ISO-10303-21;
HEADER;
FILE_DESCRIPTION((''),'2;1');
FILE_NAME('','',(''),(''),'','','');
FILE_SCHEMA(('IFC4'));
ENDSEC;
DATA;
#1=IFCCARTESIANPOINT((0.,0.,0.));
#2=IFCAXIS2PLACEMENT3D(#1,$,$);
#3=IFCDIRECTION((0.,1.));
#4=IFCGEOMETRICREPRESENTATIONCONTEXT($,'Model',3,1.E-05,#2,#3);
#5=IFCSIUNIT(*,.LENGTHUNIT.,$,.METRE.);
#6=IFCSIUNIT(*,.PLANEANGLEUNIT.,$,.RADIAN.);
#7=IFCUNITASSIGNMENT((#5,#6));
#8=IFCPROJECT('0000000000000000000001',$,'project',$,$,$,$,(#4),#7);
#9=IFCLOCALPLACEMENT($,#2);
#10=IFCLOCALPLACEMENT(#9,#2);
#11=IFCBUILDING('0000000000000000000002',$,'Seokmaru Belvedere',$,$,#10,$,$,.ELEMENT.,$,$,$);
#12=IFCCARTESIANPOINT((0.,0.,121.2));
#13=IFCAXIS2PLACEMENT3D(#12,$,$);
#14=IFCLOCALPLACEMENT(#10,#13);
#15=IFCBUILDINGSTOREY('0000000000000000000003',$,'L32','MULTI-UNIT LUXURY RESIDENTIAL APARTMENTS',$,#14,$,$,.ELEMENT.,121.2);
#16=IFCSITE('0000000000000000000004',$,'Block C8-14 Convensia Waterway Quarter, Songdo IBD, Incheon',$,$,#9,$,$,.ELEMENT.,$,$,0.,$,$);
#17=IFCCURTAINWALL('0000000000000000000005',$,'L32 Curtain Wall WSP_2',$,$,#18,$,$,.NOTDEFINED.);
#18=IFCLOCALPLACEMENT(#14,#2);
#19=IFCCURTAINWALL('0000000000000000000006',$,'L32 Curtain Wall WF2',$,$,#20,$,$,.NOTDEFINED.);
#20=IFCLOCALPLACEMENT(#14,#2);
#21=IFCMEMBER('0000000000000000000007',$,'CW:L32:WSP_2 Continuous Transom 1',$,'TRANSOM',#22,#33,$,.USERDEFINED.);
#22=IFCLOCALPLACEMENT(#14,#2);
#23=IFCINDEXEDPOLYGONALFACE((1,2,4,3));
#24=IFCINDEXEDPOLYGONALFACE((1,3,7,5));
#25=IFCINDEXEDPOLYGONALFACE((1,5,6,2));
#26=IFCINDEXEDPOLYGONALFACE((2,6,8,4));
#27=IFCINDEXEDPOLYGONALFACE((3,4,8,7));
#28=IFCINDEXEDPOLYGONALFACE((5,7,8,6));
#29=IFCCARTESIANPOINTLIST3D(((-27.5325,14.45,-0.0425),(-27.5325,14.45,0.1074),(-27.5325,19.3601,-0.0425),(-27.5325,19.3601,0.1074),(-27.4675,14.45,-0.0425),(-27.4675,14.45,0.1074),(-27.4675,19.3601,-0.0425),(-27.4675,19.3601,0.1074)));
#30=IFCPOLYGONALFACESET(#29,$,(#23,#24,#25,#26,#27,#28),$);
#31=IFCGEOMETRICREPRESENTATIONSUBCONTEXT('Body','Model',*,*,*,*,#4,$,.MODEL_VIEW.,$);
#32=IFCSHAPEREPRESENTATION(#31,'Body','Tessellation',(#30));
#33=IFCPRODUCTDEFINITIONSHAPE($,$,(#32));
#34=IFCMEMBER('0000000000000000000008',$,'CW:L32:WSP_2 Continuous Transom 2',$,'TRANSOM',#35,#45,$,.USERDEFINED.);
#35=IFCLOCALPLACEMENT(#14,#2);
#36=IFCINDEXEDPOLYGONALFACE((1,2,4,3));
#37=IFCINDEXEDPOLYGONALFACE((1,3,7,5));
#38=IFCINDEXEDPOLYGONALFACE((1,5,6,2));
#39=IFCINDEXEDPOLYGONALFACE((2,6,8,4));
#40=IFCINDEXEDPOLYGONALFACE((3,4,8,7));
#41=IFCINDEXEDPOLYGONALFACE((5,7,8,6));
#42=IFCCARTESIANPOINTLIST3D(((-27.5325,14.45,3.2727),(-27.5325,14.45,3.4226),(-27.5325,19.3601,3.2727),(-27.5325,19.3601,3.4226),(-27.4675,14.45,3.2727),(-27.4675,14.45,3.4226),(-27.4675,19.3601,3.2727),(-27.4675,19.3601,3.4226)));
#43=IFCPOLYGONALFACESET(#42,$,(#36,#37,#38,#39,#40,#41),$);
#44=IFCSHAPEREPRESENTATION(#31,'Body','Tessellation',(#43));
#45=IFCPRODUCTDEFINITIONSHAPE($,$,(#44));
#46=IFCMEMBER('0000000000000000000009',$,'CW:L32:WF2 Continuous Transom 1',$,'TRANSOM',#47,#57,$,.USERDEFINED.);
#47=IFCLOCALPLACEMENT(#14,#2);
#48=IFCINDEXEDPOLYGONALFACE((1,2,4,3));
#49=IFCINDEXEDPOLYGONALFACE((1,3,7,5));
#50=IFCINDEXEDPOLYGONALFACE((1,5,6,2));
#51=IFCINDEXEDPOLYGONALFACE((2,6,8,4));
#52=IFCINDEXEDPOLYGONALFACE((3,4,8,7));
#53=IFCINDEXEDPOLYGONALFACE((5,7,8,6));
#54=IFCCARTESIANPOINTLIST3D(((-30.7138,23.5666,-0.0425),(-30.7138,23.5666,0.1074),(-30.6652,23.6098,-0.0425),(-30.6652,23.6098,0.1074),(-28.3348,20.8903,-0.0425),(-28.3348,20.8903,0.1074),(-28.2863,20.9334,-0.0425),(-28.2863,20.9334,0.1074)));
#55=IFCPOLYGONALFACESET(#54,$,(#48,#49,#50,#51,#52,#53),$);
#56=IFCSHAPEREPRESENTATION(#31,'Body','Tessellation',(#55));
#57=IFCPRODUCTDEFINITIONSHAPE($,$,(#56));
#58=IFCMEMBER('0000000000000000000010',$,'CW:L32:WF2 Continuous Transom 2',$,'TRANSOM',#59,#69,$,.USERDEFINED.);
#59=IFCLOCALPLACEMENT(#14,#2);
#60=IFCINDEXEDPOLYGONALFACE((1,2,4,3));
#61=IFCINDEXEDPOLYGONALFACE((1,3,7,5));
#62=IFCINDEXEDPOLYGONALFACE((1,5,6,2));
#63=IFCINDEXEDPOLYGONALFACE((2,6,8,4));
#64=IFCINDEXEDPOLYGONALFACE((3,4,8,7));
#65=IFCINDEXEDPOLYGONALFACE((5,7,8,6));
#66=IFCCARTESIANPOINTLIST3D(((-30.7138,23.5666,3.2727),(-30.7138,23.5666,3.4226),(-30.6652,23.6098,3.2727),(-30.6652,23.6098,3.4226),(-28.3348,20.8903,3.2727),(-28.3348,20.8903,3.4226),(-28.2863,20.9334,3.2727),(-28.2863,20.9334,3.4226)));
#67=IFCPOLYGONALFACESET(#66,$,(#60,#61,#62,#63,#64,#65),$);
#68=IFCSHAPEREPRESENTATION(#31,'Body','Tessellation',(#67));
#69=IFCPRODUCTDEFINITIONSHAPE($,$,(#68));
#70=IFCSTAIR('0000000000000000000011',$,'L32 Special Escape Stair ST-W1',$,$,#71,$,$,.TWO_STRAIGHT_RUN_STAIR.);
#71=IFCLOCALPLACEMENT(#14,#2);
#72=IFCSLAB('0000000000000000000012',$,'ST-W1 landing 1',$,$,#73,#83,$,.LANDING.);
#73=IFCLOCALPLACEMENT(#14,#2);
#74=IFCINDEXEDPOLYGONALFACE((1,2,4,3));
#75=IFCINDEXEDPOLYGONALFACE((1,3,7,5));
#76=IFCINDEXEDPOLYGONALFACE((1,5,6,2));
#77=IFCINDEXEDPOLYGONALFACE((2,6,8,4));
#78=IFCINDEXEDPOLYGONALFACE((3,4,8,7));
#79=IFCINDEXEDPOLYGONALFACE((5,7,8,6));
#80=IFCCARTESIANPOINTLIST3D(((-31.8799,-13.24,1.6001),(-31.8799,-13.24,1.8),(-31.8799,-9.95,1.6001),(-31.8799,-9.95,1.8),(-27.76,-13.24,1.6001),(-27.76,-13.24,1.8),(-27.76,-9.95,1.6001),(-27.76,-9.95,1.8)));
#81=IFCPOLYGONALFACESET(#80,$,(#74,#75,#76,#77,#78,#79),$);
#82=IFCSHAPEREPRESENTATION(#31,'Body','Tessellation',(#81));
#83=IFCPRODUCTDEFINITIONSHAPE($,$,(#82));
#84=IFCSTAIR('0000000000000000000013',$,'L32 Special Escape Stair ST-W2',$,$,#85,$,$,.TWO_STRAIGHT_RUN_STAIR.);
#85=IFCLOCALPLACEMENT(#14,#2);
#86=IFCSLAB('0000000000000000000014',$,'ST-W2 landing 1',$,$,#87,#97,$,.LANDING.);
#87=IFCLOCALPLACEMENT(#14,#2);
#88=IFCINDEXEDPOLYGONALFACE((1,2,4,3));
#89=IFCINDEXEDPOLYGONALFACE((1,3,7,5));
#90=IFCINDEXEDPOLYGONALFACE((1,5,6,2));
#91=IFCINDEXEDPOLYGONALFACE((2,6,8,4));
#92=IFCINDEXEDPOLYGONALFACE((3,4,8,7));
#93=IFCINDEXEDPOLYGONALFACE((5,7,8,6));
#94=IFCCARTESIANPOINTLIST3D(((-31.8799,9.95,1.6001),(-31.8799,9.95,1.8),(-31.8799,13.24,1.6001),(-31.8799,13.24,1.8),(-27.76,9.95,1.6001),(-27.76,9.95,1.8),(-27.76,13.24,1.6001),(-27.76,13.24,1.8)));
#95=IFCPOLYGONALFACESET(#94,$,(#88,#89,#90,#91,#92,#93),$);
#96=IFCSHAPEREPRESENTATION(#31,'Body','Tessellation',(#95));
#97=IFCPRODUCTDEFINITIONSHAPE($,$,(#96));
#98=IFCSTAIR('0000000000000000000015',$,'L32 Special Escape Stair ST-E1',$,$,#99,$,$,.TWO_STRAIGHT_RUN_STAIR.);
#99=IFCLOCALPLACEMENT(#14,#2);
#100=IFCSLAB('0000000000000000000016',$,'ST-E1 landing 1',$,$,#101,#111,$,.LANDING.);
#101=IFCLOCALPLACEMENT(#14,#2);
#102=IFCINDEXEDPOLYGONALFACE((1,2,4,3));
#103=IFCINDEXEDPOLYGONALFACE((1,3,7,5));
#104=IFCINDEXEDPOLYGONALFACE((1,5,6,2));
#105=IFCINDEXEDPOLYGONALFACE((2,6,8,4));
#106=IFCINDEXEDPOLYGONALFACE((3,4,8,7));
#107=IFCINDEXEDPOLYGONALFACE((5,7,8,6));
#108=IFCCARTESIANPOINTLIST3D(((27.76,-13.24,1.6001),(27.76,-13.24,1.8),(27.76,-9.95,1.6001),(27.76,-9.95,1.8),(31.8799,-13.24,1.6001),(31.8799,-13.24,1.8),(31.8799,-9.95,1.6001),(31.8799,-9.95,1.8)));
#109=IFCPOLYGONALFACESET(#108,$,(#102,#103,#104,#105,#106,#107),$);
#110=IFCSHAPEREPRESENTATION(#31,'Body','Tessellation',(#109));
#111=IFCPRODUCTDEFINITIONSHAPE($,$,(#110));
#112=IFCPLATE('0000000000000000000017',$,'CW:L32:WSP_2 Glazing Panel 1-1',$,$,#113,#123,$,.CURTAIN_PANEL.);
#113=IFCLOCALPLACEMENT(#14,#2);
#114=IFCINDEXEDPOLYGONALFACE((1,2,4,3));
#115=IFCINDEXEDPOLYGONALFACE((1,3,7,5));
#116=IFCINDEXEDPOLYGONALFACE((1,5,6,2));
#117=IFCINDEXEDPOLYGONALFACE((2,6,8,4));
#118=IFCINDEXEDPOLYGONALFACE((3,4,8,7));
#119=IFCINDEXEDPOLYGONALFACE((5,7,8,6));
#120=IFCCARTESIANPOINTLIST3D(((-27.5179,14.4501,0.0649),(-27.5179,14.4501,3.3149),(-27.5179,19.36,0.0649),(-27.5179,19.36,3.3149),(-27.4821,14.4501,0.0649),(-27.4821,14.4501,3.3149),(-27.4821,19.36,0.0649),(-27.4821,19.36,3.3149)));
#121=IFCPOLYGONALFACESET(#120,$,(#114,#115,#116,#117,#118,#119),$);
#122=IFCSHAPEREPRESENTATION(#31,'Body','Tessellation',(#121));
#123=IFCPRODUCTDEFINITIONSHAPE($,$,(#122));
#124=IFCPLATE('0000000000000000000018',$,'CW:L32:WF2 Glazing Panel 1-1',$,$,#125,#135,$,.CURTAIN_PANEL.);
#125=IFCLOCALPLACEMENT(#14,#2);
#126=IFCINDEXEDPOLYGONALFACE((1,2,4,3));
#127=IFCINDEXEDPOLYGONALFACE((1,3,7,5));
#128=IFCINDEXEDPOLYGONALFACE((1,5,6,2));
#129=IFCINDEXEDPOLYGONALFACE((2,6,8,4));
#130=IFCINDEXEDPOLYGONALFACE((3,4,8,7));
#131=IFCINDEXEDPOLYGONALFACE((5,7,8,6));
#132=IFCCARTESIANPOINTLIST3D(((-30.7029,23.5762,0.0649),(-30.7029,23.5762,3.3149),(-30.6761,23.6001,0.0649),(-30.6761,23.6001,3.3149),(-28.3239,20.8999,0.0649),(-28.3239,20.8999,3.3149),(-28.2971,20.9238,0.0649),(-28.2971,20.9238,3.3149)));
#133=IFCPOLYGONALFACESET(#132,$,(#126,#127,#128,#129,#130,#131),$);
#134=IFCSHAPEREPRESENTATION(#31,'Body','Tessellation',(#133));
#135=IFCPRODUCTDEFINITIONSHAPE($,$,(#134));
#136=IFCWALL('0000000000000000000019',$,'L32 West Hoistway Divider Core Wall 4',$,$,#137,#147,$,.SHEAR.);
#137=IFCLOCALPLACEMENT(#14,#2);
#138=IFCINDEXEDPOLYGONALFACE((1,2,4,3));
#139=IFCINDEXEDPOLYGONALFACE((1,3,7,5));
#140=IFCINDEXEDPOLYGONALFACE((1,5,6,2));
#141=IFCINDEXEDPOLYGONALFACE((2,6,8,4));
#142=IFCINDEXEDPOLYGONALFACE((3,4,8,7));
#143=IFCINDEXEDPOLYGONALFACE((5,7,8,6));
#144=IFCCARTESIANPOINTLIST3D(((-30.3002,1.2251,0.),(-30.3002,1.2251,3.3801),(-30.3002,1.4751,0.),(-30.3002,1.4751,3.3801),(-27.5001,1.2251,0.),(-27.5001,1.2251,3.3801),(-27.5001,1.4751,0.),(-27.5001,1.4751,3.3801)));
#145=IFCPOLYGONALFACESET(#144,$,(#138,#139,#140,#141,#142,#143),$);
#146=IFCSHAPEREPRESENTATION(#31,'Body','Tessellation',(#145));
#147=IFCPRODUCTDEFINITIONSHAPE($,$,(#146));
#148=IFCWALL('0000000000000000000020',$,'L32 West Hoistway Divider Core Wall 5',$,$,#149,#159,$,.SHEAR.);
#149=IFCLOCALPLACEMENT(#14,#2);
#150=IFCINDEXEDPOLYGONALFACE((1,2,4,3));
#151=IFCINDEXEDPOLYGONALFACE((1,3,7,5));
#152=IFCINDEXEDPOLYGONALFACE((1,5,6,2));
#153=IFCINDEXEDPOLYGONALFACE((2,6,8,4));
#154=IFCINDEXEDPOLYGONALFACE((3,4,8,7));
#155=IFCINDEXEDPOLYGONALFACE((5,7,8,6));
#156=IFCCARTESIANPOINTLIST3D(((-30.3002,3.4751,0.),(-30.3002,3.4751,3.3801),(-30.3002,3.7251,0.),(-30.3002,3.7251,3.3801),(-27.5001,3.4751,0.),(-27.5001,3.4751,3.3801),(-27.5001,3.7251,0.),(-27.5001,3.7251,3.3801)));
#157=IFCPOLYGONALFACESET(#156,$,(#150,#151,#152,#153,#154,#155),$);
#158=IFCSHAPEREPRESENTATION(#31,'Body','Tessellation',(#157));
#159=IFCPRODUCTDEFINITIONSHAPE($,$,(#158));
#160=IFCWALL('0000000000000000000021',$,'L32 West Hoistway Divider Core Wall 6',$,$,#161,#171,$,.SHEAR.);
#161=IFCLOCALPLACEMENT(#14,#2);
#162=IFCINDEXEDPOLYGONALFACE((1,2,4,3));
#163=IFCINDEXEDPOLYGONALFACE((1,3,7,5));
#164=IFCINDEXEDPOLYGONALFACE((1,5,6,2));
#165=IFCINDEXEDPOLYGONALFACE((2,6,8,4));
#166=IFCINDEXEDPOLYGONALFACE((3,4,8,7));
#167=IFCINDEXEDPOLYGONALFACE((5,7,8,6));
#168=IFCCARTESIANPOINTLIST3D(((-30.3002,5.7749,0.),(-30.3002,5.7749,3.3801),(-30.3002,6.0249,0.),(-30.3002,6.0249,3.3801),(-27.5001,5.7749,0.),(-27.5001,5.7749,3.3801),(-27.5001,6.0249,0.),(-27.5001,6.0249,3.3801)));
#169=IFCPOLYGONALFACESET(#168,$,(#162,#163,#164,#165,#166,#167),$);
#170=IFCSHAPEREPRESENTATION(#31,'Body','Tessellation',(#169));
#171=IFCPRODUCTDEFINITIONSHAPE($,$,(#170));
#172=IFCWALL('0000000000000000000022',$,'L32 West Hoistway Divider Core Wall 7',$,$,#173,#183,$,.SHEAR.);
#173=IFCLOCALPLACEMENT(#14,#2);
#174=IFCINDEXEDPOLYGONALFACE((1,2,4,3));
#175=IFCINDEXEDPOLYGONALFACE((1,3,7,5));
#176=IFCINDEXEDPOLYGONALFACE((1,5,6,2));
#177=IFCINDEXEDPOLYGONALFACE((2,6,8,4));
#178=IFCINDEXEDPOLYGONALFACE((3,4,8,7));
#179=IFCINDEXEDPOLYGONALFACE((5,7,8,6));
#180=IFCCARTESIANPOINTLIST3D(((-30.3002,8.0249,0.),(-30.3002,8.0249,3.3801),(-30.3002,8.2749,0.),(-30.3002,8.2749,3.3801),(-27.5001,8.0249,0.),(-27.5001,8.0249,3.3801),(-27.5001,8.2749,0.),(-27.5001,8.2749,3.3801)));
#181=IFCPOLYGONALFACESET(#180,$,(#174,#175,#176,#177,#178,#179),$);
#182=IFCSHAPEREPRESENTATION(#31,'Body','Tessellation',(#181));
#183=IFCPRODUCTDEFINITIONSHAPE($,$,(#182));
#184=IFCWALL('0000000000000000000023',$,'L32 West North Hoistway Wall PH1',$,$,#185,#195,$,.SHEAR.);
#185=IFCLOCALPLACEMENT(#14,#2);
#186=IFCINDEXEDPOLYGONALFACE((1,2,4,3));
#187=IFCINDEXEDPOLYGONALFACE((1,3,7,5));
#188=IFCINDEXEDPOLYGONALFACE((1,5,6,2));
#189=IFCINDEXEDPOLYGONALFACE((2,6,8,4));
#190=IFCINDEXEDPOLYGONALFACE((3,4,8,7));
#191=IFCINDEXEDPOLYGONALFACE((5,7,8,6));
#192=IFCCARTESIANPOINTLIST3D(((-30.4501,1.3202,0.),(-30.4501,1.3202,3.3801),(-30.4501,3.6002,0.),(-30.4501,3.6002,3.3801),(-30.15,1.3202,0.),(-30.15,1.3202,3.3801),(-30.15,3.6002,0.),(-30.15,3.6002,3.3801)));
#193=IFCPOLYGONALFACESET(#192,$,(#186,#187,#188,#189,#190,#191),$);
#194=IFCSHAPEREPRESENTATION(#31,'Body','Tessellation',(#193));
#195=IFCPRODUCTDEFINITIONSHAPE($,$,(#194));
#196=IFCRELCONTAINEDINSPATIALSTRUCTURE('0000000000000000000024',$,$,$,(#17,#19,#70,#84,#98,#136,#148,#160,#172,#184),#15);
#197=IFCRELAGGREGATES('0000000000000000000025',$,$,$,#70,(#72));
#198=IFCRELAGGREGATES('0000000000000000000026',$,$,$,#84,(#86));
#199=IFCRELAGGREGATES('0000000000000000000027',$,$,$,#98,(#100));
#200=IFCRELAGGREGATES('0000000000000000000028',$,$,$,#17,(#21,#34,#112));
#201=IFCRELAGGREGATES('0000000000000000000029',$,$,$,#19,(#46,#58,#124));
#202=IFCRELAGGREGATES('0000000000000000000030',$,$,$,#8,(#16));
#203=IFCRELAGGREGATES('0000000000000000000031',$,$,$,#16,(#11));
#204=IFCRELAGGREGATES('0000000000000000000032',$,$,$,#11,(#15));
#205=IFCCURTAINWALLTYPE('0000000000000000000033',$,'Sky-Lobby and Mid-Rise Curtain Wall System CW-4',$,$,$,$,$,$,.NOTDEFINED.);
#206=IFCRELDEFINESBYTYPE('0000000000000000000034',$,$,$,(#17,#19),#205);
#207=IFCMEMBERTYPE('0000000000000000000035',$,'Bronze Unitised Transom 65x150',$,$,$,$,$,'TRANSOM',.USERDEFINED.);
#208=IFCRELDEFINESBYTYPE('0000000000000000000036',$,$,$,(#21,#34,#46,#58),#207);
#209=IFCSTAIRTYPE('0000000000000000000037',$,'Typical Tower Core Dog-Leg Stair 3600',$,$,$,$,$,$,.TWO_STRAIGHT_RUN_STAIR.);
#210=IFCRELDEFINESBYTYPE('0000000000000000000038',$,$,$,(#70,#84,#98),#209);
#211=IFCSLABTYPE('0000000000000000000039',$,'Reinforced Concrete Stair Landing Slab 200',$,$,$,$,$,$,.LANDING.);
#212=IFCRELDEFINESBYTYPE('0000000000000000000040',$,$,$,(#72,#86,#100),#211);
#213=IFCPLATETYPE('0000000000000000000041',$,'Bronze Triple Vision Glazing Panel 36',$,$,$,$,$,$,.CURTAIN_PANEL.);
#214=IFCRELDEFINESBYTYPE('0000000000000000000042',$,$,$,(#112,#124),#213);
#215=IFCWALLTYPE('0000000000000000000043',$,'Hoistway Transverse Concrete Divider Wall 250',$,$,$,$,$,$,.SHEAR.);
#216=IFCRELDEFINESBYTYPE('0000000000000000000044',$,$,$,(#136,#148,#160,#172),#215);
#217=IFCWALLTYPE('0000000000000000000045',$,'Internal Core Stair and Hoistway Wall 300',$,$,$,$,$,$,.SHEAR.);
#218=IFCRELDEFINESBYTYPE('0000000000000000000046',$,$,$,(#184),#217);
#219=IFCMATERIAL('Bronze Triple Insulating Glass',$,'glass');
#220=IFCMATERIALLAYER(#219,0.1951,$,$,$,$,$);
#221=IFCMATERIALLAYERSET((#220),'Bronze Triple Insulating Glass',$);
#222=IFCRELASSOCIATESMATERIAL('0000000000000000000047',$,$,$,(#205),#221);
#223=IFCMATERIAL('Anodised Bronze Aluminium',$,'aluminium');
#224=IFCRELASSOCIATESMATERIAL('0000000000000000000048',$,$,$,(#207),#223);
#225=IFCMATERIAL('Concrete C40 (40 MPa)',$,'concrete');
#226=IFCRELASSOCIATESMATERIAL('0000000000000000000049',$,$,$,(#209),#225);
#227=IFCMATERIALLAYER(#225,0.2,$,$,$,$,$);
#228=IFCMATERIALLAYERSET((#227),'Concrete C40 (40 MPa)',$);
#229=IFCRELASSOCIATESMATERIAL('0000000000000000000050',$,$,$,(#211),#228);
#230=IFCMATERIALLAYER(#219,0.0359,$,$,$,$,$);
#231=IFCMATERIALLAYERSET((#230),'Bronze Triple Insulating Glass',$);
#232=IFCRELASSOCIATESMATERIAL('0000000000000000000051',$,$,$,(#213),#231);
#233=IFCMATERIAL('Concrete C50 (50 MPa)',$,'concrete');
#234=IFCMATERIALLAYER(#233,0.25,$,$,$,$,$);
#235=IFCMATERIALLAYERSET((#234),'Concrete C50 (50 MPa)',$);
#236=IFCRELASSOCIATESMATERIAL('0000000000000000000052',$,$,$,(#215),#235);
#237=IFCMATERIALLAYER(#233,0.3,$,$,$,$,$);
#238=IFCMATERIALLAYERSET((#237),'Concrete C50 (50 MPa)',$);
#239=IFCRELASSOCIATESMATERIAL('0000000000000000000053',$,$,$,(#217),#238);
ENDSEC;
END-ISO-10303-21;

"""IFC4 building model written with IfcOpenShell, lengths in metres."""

from ifc_helpers import new_model, si_unit, direction, frame, frame_2d, origin, origin_2d, place, context, subcontext, project, spatial, polyline, rectangle, outline, extrude, source, transform, mapped, material, layer, layer_set, material_profile, profile_set, type_object, type_shapes, element, aggregate, save


model = new_model("IFC4")

# Units and contexts
model_context = context("Model", 3, precision=1e-05, world=origin(), true_north=direction((0.0, 1.0)))
body_context = subcontext(model_context, "Body", "Model", "MODEL_VIEW")
ifc_project = project(units=[si_unit("LENGTHUNIT", "METRE"), si_unit("PLANEANGLEUNIT", "RADIAN")], contexts=[model_context])

# Site, building, storey
site_placement = place(None, origin())
site = spatial("IfcSite", under=ifc_project, at=site_placement, Name="Block C8-14 Convensia Waterway Quarter, Songdo IBD, Incheon", CompositionType="ELEMENT", RefElevation=0.0)
building_placement = place(site_placement, origin())
building = spatial("IfcBuilding", under=site, at=building_placement, Name="Seokmaru Belvedere", CompositionType="ELEMENT")
storey_placement = place(building_placement, frame((0.0, 0.0, 121.2)))
storey = spatial("IfcBuildingStorey", under=building, at=storey_placement, Name="L32", Description="MULTI-UNIT LUXURY RESIDENTIAL APARTMENTS", CompositionType="ELEMENT", Elevation=121.2)

# Curtain walls
ifc_material_1 = material(Name="Bronze Triple Insulating Glass", Category="glass")
ifc_layer_1 = layer(ifc_material_1, 0.1951)
ifc_layer_set_1 = layer_set([ifc_layer_1], Name="Bronze Triple Insulating Glass")
curtain_wall_type = type_object("IfcCurtainWallType", Name="Sky-Lobby and Mid-Rise Curtain Wall System CW-4", PredefinedType="NOTDEFINED", material=ifc_layer_set_1)
curtain_wall_1_placement = place(storey_placement, origin())
curtain_wall_1 = element("IfcCurtainWall", 1, at=curtain_wall_1_placement, inside=storey, type_object=curtain_wall_type, Name="L32 Curtain Wall WSP_2", PredefinedType="NOTDEFINED")
ifc_material_2 = material(Name="Anodised Bronze Aluminium", Category="aluminium")
curtain_wall_2_placement = place(storey_placement, origin())
curtain_wall_2 = element("IfcCurtainWall", 2, at=curtain_wall_2_placement, inside=storey, type_object=curtain_wall_type, Name="L32 Curtain Wall WF2", PredefinedType="NOTDEFINED")

# Members
ifc_material_profile_1 = material_profile(ifc_material_2, rectangle(XDim=0.0649, YDim=0.1499, at=origin_2d()), Name="CW-T-65x150")
ifc_profile_set_1 = profile_set([ifc_material_profile_1], Name="Anodised Bronze Aluminium")
member_type_1 = type_object("IfcMemberType", Name="Bronze Unitised Transom 65x150", ElementType="TRANSOM", PredefinedType="USERDEFINED", material=ifc_profile_set_1)
shared_shape_1 = source(origin(), body_context, "Body", "SweptSolid", [
    extrude(rectangle(XDim=0.0649, YDim=0.1499, at=origin_2d()), origin(), (0.0, 0.0, 1.0), 4.9102),
])
member_1_placement = place(storey_placement, frame((-27.5, 14.45, 0.0325), z_axis=(0.0, 1.0, 0.0), x_axis=(-1.0, 0.0, 0.0)))
member_1 = element("IfcMember", 3, at=member_1_placement, type_object=member_type_1, Name="CW:L32:WSP_2 Continuous Transom 1", ObjectType="TRANSOM", PredefinedType="USERDEFINED", context=body_context, shape_type="MappedRepresentation", body=[
    mapped(shared_shape_1, transform((0.0, 0.0, 0.0), scale=1.0)),
])
member_2_placement = place(storey_placement, frame((-27.5, 14.45, 3.3477), z_axis=(0.0, 1.0, 0.0), x_axis=(-1.0, 0.0, 0.0)))
member_2 = element("IfcMember", 4, at=member_2_placement, type_object=member_type_1, Name="CW:L32:WSP_2 Continuous Transom 2", ObjectType="TRANSOM", PredefinedType="USERDEFINED", context=body_context, shape_type="MappedRepresentation", body=[
    mapped(shared_shape_1, transform((0.0, 0.0, 0.0), scale=1.0)),
])
shared_shape_2 = source(origin(), body_context, "Body", "SweptSolid", [
    extrude(rectangle(XDim=0.0649, YDim=0.1499, at=origin_2d()), origin(), (0.0, 0.0, 1.0), 3.5808),
])
type_shapes(member_type_1, [shared_shape_1, shared_shape_2])
member_3_placement = place(storey_placement, frame((-28.3105, 20.9119, 0.0325), z_axis=(-0.664364, 0.747409, 0.0), x_axis=(-0.747409, -0.664364, 0.0)))
member_3 = element("IfcMember", 5, at=member_3_placement, type_object=member_type_1, Name="CW:L32:WF2 Continuous Transom 1", ObjectType="TRANSOM", PredefinedType="USERDEFINED", context=body_context, shape_type="MappedRepresentation", body=[
    mapped(shared_shape_2, transform((0.0, 0.0, 0.0), scale=1.0)),
])
member_4_placement = place(storey_placement, frame((-28.3105, 20.9119, 3.3477), z_axis=(-0.664364, 0.747409, 0.0), x_axis=(-0.747409, -0.664364, 0.0)))
member_4 = element("IfcMember", 6, at=member_4_placement, type_object=member_type_1, Name="CW:L32:WF2 Continuous Transom 2", ObjectType="TRANSOM", PredefinedType="USERDEFINED", context=body_context, shape_type="MappedRepresentation", body=[
    mapped(shared_shape_2, transform((0.0, 0.0, 0.0), scale=1.0)),
])

# Stairs, slabs
ifc_material_3 = material(Name="Concrete C40 (40 MPa)", Category="concrete")
stair_type = type_object("IfcStairType", Name="Typical Tower Core Dog-Leg Stair 3600", PredefinedType="TWO_STRAIGHT_RUN_STAIR", material=ifc_material_3)
stair_1_placement = place(storey_placement, origin())
stair_1 = element("IfcStair", 7, at=stair_1_placement, inside=storey, type_object=stair_type, Name="L32 Special Escape Stair ST-W1", PredefinedType="TWO_STRAIGHT_RUN_STAIR")
ifc_layer_2 = layer(ifc_material_3, 0.2)
ifc_layer_set_2 = layer_set([ifc_layer_2], Name="Concrete C40 (40 MPa)")
slab_type = type_object("IfcSlabType", Name="Reinforced Concrete Stair Landing Slab 200", PredefinedType="LANDING", material=ifc_layer_set_2)
slab_1_placement = place(storey_placement, frame((0.0, 0.0, 1.6001)))
slab_1 = element("IfcSlab", 8, at=slab_1_placement, type_object=slab_type, Name="ST-W1 landing 1", PredefinedType="LANDING", context=body_context, shape_type="SweptSolid", body=[
    extrude(outline(polyline([(-31.8799, -13.24), (-27.76, -13.24), (-27.76, -9.95), (-31.8799, -9.95), (-31.8799, -13.24)])), origin(), (0.0, 0.0, 1.0), 0.2),
])
aggregate(stair_1, [slab_1])
stair_2_placement = place(storey_placement, origin())
stair_2 = element("IfcStair", 9, at=stair_2_placement, inside=storey, type_object=stair_type, Name="L32 Special Escape Stair ST-W2", PredefinedType="TWO_STRAIGHT_RUN_STAIR")
slab_2_placement = place(storey_placement, frame((0.0, 0.0, 1.6001)))
slab_2 = element("IfcSlab", 10, at=slab_2_placement, type_object=slab_type, Name="ST-W2 landing 1", PredefinedType="LANDING", context=body_context, shape_type="SweptSolid", body=[
    extrude(outline(polyline([(-31.8799, 9.95), (-27.76, 9.95), (-27.76, 13.24), (-31.8799, 13.24), (-31.8799, 9.95)])), origin(), (0.0, 0.0, 1.0), 0.2),
])
aggregate(stair_2, [slab_2])
stair_3_placement = place(storey_placement, origin())
stair_3 = element("IfcStair", 11, at=stair_3_placement, inside=storey, type_object=stair_type, Name="L32 Special Escape Stair ST-E1", PredefinedType="TWO_STRAIGHT_RUN_STAIR")
slab_3_placement = place(storey_placement, frame((0.0, 0.0, 1.6001)))
slab_3 = element("IfcSlab", 12, at=slab_3_placement, type_object=slab_type, Name="ST-E1 landing 1", PredefinedType="LANDING", context=body_context, shape_type="SweptSolid", body=[
    extrude(outline(polyline([(27.76, -13.24), (31.8799, -13.24), (31.8799, -9.95), (27.76, -9.95), (27.76, -13.24)])), origin(), (0.0, 0.0, 1.0), 0.2),
])
aggregate(stair_3, [slab_3])

# Plates
ifc_layer_3 = layer(ifc_material_1, 0.0359)
ifc_layer_set_3 = layer_set([ifc_layer_3], Name="Bronze Triple Insulating Glass")
plate_type = type_object("IfcPlateType", Name="Bronze Triple Vision Glazing Panel 36", PredefinedType="CURTAIN_PANEL", material=ifc_layer_set_3)
shared_shape_3 = source(origin(), body_context, "Body", "SweptSolid", [
    extrude(rectangle(XDim=4.9099, YDim=0.0359, at=origin_2d()), origin(), (0.0, 0.0, 1.0), 3.25),
])
plate_1_placement = place(storey_placement, frame((-27.5, 16.905, 0.0649), z_axis=(0.0, 0.0, 1.0), x_axis=(0.0, 1.0, 0.0)))
plate_1 = element("IfcPlate", 13, at=plate_1_placement, type_object=plate_type, Name="CW:L32:WSP_2 Glazing Panel 1-1", PredefinedType="CURTAIN_PANEL", context=body_context, shape_type="MappedRepresentation", body=[
    mapped(shared_shape_3, transform((0.0, 0.0, 0.0), scale=1.0)),
])
aggregate(curtain_wall_1, [member_1, member_2, plate_1])
shared_shape_4 = source(origin(), body_context, "Body", "SweptSolid", [
    extrude(rectangle(XDim=3.5808, YDim=0.0359, at=origin_2d()), origin(), (0.0, 0.0, 1.0), 3.25),
])
type_shapes(plate_type, [shared_shape_3, shared_shape_4])
plate_2_placement = place(storey_placement, frame((-29.5, 22.25, 0.0649), z_axis=(0.0, 0.0, 1.0), x_axis=(-0.664363, 0.74741, 0.0)))
plate_2 = element("IfcPlate", 14, at=plate_2_placement, type_object=plate_type, Name="CW:L32:WF2 Glazing Panel 1-1", PredefinedType="CURTAIN_PANEL", context=body_context, shape_type="MappedRepresentation", body=[
    mapped(shared_shape_4, transform((0.0, 0.0, 0.0), scale=1.0)),
])
aggregate(curtain_wall_2, [member_3, member_4, plate_2])

# Walls
ifc_material_4 = material(Name="Concrete C50 (50 MPa)", Category="concrete")
ifc_layer_4 = layer(ifc_material_4, 0.25)
ifc_layer_set_4 = layer_set([ifc_layer_4], Name="Concrete C50 (50 MPa)")
wall_type_1 = type_object("IfcWallType", Name="Hoistway Transverse Concrete Divider Wall 250", PredefinedType="SHEAR", material=ifc_layer_set_4)
for number, where, z_axis, x_axis, name in (
    (15, (-30.3, 1.3501, 0.0), (0.0, 0.0, 1.0), (1.0, 0.0, 0.0), "L32 West Hoistway Divider Core Wall 4"),
    (16, (-30.3, 3.6001, 0.0), (0.0, 0.0, 1.0), (1.0, 0.0, 0.0), "L32 West Hoistway Divider Core Wall 5"),
    (17, (-30.3, 5.8999, 0.0), (0.0, 0.0, 1.0), (1.0, 0.0, 0.0), "L32 West Hoistway Divider Core Wall 6"),
    (18, (-30.3, 8.1499, 0.0), (0.0, 0.0, 1.0), (1.0, 0.0, 0.0), "L32 West Hoistway Divider Core Wall 7"),
):
    element("IfcWall", number, at=place(storey_placement, frame(where, z_axis=z_axis, x_axis=x_axis)), inside=storey, type_object=wall_type_1, Name=name, PredefinedType="SHEAR", context=body_context, shape_type="SweptSolid", body=[
        extrude(rectangle(XDim=2.8, YDim=0.25, at=frame_2d((1.3999, 0.0))), origin(), (0.0, 0.0, 1.0), 3.3801),
    ])
ifc_layer_5 = layer(ifc_material_4, 0.3)
ifc_layer_set_5 = layer_set([ifc_layer_5], Name="Concrete C50 (50 MPa)")
wall_type_2 = type_object("IfcWallType", Name="Internal Core Stair and Hoistway Wall 300", PredefinedType="SHEAR", material=ifc_layer_set_5)
wall_1_placement = place(storey_placement, frame((-30.3, 1.3201, 0.0), z_axis=(0.0, 0.0, 1.0), x_axis=(0.0, 1.0, 0.0)))
element("IfcWall", 19, at=wall_1_placement, inside=storey, type_object=wall_type_2, Name="L32 West North Hoistway Wall PH1", PredefinedType="SHEAR", context=body_context, shape_type="SweptSolid", body=[
    extrude(rectangle(XDim=2.28, YDim=0.3, at=frame_2d((1.1401, 0.0))), origin(), (0.0, 0.0, 1.0), 3.3801),
])

save(model, "model.ifc")
